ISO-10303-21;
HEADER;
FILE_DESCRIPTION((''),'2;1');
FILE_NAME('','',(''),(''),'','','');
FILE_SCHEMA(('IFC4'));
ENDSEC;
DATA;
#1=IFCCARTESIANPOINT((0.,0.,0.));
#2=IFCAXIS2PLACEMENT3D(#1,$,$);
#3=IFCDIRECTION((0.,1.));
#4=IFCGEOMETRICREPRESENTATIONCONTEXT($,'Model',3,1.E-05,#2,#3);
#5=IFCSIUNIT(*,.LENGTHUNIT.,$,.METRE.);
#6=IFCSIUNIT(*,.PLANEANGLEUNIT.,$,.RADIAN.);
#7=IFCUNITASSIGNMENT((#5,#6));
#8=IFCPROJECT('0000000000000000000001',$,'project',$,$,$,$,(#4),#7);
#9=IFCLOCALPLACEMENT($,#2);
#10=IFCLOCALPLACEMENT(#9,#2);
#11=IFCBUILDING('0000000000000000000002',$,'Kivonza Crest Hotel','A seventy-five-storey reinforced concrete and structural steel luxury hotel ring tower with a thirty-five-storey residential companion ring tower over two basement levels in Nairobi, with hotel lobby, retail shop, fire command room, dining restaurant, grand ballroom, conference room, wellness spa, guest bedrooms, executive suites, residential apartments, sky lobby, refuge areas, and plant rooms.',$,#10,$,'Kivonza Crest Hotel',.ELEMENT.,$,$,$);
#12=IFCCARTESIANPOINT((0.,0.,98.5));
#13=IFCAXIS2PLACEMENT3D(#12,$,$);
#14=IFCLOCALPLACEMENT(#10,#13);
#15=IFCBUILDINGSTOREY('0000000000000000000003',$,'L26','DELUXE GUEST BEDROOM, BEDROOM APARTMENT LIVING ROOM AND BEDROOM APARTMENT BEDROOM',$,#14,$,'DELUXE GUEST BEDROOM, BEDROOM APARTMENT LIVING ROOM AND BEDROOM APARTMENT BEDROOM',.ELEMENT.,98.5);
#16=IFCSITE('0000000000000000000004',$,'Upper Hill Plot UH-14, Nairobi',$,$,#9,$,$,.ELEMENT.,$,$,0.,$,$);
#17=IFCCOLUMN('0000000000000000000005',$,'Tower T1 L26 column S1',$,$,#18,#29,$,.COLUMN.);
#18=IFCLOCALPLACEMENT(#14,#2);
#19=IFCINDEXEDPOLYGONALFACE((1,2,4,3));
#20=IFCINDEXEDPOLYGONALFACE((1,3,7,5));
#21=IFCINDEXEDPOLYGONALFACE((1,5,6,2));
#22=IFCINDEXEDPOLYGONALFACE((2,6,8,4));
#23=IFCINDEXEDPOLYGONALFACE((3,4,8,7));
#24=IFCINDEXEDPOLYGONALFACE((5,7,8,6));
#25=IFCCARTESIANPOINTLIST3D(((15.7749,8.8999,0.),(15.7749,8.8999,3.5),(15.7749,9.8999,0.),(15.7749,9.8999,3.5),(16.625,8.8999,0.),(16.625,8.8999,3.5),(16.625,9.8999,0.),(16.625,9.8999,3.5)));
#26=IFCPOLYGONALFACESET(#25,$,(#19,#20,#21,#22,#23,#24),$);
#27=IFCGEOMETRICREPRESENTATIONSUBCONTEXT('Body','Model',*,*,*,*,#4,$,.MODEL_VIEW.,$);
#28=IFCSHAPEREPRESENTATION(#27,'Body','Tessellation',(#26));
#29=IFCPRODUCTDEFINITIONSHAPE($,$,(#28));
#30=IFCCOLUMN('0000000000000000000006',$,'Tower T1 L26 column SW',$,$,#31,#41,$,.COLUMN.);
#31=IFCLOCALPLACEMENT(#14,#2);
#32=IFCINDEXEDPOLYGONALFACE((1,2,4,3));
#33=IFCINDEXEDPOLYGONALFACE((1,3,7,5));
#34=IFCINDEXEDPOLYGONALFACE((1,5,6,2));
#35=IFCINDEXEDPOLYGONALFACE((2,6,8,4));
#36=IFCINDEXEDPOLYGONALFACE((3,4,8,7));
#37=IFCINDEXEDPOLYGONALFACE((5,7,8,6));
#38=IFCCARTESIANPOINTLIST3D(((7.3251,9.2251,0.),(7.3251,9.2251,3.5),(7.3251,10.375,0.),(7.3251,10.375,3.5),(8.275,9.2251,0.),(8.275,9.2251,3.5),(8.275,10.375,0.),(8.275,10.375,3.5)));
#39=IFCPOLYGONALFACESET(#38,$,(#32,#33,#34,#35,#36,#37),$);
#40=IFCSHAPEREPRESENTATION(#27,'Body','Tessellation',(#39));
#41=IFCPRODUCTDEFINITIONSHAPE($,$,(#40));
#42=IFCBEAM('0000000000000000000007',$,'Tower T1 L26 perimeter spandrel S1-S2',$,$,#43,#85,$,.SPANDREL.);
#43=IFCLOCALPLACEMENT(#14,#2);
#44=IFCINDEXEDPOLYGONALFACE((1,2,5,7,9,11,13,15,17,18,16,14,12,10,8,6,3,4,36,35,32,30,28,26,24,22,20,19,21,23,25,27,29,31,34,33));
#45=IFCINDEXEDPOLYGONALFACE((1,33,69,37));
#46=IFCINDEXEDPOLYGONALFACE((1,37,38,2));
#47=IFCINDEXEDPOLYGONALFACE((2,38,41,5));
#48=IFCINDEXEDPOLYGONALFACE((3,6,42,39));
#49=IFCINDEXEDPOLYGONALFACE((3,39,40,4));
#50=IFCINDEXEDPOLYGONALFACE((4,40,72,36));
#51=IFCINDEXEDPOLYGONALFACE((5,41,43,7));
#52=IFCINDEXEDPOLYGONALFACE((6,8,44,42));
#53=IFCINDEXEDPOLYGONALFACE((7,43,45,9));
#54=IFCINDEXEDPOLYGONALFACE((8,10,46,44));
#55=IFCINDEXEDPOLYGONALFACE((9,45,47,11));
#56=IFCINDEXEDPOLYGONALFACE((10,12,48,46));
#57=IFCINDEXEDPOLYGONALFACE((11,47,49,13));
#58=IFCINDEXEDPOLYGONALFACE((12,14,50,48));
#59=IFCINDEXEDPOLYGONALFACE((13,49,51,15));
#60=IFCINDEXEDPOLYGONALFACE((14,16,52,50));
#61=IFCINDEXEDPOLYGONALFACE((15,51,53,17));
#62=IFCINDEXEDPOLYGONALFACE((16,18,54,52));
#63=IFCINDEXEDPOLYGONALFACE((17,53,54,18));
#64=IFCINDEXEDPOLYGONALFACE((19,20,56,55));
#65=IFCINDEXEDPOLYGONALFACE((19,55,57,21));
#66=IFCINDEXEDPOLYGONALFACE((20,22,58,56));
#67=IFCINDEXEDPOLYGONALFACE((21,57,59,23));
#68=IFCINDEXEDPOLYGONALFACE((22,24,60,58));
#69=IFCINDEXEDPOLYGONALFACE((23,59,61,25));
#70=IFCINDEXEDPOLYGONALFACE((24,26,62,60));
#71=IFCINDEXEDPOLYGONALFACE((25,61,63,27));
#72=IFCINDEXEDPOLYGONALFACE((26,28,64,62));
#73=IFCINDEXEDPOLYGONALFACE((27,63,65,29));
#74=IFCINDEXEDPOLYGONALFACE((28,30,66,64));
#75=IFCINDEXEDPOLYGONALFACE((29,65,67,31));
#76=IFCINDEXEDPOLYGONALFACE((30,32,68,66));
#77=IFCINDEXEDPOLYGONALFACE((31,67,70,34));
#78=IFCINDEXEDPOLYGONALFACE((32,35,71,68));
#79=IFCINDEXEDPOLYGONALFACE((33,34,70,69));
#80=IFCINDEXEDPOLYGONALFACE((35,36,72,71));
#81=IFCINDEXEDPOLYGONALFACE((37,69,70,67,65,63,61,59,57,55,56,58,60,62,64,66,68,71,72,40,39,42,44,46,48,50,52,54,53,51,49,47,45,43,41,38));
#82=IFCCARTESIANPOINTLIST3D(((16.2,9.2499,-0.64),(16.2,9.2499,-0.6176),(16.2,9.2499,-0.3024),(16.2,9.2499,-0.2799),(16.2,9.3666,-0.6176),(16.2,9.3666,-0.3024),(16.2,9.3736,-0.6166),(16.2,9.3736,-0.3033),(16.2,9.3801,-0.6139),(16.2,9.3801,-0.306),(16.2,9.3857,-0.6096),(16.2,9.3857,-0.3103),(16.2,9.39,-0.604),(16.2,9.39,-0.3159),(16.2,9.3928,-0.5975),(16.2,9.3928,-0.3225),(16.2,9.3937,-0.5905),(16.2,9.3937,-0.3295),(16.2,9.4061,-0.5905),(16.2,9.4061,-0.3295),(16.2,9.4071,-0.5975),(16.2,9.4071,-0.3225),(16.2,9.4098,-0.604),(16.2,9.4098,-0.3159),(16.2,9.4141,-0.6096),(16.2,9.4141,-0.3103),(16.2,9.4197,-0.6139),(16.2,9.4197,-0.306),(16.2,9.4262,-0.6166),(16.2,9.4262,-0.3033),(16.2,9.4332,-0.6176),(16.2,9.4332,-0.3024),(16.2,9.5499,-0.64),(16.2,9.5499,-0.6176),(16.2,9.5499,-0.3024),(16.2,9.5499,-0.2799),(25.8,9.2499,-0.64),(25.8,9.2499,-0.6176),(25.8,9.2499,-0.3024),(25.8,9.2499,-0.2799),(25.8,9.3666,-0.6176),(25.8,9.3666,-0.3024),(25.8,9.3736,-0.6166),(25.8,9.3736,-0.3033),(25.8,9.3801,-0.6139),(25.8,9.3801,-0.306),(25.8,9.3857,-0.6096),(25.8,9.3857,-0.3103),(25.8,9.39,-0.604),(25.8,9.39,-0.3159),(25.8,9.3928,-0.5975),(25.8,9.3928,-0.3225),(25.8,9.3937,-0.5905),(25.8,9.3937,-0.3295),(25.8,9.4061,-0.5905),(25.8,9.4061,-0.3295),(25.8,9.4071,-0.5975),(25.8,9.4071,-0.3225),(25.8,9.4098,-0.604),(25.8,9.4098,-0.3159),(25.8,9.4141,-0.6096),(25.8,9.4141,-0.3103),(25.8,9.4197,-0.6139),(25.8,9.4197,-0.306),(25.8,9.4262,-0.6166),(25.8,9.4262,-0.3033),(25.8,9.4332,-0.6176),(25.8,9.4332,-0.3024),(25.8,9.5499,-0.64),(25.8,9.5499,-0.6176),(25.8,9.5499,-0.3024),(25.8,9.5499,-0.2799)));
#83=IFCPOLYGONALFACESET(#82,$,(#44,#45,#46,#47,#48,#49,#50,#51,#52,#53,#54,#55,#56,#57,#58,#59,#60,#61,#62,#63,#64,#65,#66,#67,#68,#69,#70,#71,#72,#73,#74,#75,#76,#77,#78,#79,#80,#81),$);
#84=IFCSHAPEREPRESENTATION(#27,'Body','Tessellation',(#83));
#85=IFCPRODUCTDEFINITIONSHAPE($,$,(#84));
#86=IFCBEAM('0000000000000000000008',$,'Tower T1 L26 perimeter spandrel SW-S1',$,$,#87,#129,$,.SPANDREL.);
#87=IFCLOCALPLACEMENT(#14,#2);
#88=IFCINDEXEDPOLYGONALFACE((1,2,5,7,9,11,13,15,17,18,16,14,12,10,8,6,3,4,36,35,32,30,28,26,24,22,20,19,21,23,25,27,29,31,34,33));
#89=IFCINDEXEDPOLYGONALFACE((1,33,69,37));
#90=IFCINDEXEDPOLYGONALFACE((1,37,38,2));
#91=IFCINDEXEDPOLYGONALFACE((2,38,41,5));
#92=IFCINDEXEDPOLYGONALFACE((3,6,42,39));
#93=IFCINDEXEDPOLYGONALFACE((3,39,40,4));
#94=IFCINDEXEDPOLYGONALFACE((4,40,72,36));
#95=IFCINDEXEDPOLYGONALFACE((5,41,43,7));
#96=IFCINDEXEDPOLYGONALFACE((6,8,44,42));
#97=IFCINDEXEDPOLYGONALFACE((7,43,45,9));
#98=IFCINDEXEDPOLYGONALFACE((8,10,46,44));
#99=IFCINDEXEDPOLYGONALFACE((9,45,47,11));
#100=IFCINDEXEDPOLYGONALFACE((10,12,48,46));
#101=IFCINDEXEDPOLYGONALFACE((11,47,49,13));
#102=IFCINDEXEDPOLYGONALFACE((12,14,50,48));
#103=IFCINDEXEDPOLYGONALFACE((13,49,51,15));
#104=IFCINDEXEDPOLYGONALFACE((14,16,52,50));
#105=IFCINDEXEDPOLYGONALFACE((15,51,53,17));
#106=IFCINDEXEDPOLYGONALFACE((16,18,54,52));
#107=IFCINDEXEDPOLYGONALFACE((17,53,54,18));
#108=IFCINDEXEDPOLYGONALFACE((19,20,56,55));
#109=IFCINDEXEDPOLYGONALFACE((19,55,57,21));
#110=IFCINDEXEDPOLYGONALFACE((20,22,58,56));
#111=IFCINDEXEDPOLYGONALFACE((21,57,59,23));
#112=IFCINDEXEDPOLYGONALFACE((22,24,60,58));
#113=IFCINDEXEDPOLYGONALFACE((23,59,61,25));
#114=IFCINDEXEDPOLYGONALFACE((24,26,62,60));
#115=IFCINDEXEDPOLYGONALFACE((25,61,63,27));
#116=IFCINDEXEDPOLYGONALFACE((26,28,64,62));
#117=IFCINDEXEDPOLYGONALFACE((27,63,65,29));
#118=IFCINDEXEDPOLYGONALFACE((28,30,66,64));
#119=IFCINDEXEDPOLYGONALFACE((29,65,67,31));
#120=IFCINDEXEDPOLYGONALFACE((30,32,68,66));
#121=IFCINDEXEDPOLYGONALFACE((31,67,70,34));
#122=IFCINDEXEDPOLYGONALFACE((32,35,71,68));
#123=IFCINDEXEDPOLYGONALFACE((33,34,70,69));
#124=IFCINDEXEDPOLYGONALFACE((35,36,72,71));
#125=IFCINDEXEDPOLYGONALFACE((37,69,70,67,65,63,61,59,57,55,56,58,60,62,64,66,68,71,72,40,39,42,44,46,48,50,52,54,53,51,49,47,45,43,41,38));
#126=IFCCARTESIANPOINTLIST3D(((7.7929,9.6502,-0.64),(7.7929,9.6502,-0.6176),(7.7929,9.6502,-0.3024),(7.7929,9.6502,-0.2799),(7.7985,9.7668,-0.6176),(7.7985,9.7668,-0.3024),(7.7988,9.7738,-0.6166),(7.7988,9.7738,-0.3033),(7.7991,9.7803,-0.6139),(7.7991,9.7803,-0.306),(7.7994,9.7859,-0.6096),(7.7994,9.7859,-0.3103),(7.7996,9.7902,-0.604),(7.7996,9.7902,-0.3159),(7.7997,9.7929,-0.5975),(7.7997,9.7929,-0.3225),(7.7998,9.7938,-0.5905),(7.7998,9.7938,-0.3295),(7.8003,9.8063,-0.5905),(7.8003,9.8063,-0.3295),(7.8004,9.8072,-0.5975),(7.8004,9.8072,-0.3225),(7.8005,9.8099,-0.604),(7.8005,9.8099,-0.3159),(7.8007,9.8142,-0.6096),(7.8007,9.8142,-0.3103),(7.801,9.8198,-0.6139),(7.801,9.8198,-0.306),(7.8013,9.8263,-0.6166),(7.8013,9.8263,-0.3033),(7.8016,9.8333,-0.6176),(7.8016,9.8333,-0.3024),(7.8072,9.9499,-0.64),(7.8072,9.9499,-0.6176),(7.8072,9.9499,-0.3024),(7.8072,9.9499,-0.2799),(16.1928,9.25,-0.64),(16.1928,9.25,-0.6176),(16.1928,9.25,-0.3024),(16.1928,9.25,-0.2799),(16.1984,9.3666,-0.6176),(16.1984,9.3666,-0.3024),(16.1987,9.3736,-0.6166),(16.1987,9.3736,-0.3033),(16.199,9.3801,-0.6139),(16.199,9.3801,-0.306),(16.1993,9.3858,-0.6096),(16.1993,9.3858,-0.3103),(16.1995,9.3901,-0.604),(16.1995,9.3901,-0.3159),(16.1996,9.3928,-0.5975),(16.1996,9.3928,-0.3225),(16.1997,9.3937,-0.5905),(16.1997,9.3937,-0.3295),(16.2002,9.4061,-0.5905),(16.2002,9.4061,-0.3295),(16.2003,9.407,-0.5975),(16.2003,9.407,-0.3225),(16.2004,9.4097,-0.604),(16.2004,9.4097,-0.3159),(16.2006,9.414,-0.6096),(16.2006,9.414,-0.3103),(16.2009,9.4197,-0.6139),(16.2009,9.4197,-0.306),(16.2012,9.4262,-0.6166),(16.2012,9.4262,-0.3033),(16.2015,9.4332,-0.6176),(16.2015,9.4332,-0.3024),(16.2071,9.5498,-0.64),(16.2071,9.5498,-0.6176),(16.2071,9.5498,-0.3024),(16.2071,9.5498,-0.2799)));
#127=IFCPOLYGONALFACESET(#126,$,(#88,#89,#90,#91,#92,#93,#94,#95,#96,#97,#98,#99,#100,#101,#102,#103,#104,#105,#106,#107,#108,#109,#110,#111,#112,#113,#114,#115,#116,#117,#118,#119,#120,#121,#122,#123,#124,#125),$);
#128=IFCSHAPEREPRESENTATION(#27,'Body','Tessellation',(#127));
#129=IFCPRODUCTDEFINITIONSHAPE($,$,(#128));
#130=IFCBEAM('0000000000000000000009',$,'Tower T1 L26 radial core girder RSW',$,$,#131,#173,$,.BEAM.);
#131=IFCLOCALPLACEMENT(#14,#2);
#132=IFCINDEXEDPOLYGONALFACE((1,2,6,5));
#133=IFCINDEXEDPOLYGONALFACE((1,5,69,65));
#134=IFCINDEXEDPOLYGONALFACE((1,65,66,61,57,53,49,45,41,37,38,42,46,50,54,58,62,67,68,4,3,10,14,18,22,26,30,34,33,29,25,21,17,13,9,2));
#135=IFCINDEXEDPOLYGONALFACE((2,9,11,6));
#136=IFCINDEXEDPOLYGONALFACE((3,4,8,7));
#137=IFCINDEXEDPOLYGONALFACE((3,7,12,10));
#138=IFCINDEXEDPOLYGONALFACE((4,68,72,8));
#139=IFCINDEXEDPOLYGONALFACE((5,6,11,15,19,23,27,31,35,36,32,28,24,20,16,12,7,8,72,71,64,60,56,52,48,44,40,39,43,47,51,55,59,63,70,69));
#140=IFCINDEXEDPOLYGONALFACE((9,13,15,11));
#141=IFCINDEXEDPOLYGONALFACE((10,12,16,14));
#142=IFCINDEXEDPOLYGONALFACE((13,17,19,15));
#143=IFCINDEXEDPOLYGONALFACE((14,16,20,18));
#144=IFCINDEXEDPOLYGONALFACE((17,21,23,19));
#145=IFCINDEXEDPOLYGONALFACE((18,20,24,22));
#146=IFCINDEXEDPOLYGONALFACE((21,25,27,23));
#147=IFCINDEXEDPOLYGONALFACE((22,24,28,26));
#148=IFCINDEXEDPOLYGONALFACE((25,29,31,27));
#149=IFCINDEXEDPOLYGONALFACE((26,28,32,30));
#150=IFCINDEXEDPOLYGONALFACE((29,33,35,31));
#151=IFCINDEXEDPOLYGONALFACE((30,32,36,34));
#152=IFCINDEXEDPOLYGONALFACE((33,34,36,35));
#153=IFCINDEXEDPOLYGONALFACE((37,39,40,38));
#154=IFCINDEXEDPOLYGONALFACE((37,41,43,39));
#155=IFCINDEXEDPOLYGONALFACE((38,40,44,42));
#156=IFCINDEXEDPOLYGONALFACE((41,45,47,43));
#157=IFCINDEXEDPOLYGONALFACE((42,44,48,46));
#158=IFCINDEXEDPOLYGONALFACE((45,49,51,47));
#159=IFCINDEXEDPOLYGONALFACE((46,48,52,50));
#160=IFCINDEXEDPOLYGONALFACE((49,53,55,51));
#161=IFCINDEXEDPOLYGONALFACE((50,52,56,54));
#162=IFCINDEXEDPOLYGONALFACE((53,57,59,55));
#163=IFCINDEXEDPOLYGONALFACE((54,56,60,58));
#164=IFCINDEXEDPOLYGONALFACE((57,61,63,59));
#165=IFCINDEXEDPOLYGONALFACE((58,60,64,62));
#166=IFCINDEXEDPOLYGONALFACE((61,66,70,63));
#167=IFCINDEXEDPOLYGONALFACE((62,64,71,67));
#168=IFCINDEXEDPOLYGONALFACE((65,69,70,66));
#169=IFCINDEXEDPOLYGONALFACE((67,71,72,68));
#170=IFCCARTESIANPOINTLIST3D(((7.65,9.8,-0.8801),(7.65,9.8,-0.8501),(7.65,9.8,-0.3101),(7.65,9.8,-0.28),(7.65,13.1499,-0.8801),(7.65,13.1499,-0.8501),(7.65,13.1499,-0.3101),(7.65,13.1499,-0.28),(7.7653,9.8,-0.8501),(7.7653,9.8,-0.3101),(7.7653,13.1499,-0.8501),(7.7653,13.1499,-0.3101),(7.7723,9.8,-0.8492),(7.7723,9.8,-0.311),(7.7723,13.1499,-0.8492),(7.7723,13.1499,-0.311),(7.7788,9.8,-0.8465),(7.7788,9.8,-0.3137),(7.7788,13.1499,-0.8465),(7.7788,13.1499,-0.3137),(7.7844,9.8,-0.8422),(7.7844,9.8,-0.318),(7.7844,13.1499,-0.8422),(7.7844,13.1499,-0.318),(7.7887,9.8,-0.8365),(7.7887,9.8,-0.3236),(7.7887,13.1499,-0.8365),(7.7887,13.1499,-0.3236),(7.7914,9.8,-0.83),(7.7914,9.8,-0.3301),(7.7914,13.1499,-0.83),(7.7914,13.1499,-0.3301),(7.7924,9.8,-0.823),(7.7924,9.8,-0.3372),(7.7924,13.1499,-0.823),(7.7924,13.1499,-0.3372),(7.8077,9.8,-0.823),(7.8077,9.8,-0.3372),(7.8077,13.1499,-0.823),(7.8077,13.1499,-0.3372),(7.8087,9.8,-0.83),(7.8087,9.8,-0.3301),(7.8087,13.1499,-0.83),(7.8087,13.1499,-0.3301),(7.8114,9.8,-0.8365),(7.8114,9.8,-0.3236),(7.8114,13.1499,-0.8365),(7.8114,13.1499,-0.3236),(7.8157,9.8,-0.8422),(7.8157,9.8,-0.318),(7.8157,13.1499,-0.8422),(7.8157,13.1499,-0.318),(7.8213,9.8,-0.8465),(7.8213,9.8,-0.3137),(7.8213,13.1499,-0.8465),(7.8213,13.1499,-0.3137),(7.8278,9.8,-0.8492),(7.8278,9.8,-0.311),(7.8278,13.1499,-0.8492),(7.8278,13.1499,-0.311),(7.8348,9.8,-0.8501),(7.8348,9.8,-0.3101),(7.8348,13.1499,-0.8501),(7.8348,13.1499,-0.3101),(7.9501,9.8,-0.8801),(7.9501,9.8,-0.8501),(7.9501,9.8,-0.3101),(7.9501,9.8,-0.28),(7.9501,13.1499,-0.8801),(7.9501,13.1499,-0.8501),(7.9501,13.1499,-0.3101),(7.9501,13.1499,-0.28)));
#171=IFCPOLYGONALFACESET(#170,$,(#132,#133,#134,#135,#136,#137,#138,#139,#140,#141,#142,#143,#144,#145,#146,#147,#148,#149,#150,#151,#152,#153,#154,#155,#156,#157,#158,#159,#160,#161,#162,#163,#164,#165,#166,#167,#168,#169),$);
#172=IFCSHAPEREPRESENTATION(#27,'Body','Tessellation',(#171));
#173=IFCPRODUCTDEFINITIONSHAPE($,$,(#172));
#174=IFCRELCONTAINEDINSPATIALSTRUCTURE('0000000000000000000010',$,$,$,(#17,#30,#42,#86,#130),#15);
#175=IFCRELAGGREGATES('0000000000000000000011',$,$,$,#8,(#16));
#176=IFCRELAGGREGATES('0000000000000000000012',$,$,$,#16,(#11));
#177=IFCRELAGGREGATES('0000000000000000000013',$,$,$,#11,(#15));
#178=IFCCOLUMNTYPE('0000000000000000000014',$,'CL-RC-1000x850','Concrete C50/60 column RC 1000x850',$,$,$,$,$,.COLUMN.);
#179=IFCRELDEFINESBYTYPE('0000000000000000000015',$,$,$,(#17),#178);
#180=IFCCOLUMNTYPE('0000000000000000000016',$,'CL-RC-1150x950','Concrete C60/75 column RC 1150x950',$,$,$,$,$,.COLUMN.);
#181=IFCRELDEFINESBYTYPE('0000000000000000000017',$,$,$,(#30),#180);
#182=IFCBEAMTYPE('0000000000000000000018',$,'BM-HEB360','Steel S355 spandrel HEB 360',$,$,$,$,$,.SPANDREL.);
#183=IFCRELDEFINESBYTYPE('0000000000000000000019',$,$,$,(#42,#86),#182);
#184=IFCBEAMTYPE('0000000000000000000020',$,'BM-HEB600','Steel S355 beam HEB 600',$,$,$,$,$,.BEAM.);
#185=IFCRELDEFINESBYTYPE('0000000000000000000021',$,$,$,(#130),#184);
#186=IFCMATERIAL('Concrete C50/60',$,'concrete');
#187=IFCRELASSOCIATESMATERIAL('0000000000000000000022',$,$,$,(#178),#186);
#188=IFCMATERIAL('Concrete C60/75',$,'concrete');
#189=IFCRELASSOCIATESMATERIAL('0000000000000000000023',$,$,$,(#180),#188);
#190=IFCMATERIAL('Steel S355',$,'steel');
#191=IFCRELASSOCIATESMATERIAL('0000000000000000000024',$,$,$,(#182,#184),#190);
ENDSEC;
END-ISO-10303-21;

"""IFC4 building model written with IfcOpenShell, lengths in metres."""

from ifc_helpers import new_model, si_unit, direction, frame, origin, origin_2d, place, context, subcontext, project, spatial, rectangle, i_section, extrude, material, material_profile, profile_set, type_object, element, save


model = new_model("IFC4")

# Units and contexts
model_context = context("Model", 3, precision=1e-05, world=origin(), true_north=direction((0.0, 1.0)))
body_context = subcontext(model_context, "Body", "Model", "MODEL_VIEW")
ifc_project = project(units=[si_unit("LENGTHUNIT", "METRE"), si_unit("PLANEANGLEUNIT", "RADIAN")], contexts=[model_context])

# Site, building, storey
site_placement = place(None, origin())
site = spatial("IfcSite", under=ifc_project, at=site_placement, Name="Upper Hill Plot UH-14, Nairobi", CompositionType="ELEMENT", RefElevation=0.0)
building_placement = place(site_placement, origin())
building = spatial("IfcBuilding", under=site, at=building_placement, Name="Kivonza Crest Hotel", Description="A seventy-five-storey reinforced concrete and structural steel luxury hotel ring tower with a thirty-five-storey residential companion ring tower over two basement levels in Nairobi, with hotel lobby, retail shop, fire command room, dining restaurant, grand ballroom, conference room, wellness spa, guest bedrooms, executive suites, residential apartments, sky lobby, refuge areas, and plant rooms.", LongName="Kivonza Crest Hotel", CompositionType="ELEMENT")
storey_placement = place(building_placement, frame((0.0, 0.0, 98.5)))
storey = spatial("IfcBuildingStorey", under=building, at=storey_placement, Name="L26", Description="DELUXE GUEST BEDROOM, BEDROOM APARTMENT LIVING ROOM AND BEDROOM APARTMENT BEDROOM", LongName="DELUXE GUEST BEDROOM, BEDROOM APARTMENT LIVING ROOM AND BEDROOM APARTMENT BEDROOM", CompositionType="ELEMENT", Elevation=98.5)

# Columns
ifc_material_1 = material(Name="Concrete C50/60", Category="concrete")
ifc_material_profile_1 = material_profile(ifc_material_1, rectangle(XDim=0.8501, YDim=1.0, at=origin_2d()), Name="RC 1000x850")
ifc_profile_set_1 = profile_set([ifc_material_profile_1], Name="Concrete C50/60")
column_type_1 = type_object("IfcColumnType", Name="CL-RC-1000x850", Description="Concrete C50/60 column RC 1000x850", PredefinedType="COLUMN", material=ifc_profile_set_1)
column_1_placement = place(storey_placement, frame((16.2, 9.3999, 0.0), z_axis=(0.0, 0.0, 1.0), x_axis=(1.0, 0.0, 0.0)))
element("IfcColumn", 1, at=column_1_placement, inside=storey, type_object=column_type_1, Name="Tower T1 L26 column S1", PredefinedType="COLUMN", context=body_context, shape_type="SweptSolid", body=[
    extrude(rectangle(XDim=0.8501, YDim=1.0, at=origin_2d()), origin(), (0.0, 0.0, 1.0), 3.5),
])
ifc_material_2 = material(Name="Concrete C60/75", Category="concrete")
ifc_material_profile_2 = material_profile(ifc_material_2, rectangle(XDim=0.95, YDim=1.1499, at=origin_2d()), Name="RC 1150x950")
ifc_profile_set_2 = profile_set([ifc_material_profile_2], Name="Concrete C60/75")
column_type_2 = type_object("IfcColumnType", Name="CL-RC-1150x950", Description="Concrete C60/75 column RC 1150x950", PredefinedType="COLUMN", material=ifc_profile_set_2)
column_2_placement = place(storey_placement, frame((7.8, 9.8, 0.0), z_axis=(0.0, 0.0, 1.0), x_axis=(1.0, 0.0, 0.0)))
element("IfcColumn", 2, at=column_2_placement, inside=storey, type_object=column_type_2, Name="Tower T1 L26 column SW", PredefinedType="COLUMN", context=body_context, shape_type="SweptSolid", body=[
    extrude(rectangle(XDim=0.95, YDim=1.1499, at=origin_2d()), origin(), (0.0, 0.0, 1.0), 3.5),
])

# Beams
ifc_material_3 = material(Name="Steel S355", Category="steel")
ifc_material_profile_3 = material_profile(ifc_material_3, i_section(OverallWidth=0.3, OverallDepth=0.3601, WebThickness=0.0125, FlangeThickness=0.0225, FilletRadius=0.0271, at=origin_2d()), Name="HEB 360")
ifc_profile_set_3 = profile_set([ifc_material_profile_3], Name="Steel S355")
beam_type_1 = type_object("IfcBeamType", Name="BM-HEB360", Description="Steel S355 spandrel HEB 360", PredefinedType="SPANDREL", material=ifc_profile_set_3)
beam_1_placement = place(storey_placement, frame((16.2, 9.3999, -0.46), z_axis=(1.0, 0.0, 0.0), x_axis=(0.0, 1.0, 0.0)))
element("IfcBeam", 3, at=beam_1_placement, inside=storey, type_object=beam_type_1, Name="Tower T1 L26 perimeter spandrel S1-S2", PredefinedType="SPANDREL", context=body_context, shape_type="SweptSolid", body=[
    extrude(i_section(OverallWidth=0.3, OverallDepth=0.3601, WebThickness=0.0125, FlangeThickness=0.0225, FilletRadius=0.0271, at=origin_2d()), origin(), (0.0, 0.0, 1.0), 9.6001),
])
beam_2_placement = place(storey_placement, frame((7.8, 9.8, -0.46), z_axis=(0.998867, -0.047583, 0.0), x_axis=(0.047583, 0.998867, 0.0)))
element("IfcBeam", 4, at=beam_2_placement, inside=storey, type_object=beam_type_1, Name="Tower T1 L26 perimeter spandrel SW-S1", PredefinedType="SPANDREL", context=body_context, shape_type="SweptSolid", body=[
    extrude(i_section(OverallWidth=0.3, OverallDepth=0.3601, WebThickness=0.0125, FlangeThickness=0.0225, FilletRadius=0.0271, at=origin_2d()), origin(), (0.0, 0.0, 1.0), 8.4094),
])
ifc_material_profile_4 = material_profile(ifc_material_3, i_section(OverallWidth=0.3, OverallDepth=0.6001, WebThickness=0.0154, FlangeThickness=0.03, FilletRadius=0.0271, at=origin_2d()), Name="HEB 600")
ifc_profile_set_4 = profile_set([ifc_material_profile_4], Name="Steel S355")
beam_type_2 = type_object("IfcBeamType", Name="BM-HEB600", Description="Steel S355 beam HEB 600", PredefinedType="BEAM", material=ifc_profile_set_4)
beam_3_placement = place(storey_placement, frame((7.8, 9.8, -0.5801), z_axis=(0.0, 1.0, 0.0), x_axis=(-1.0, 0.0, 0.0)))
element("IfcBeam", 5, at=beam_3_placement, inside=storey, type_object=beam_type_2, Name="Tower T1 L26 radial core girder RSW", PredefinedType="BEAM", context=body_context, shape_type="SweptSolid", body=[
    extrude(i_section(OverallWidth=0.3, OverallDepth=0.6001, WebThickness=0.0154, FlangeThickness=0.03, FilletRadius=0.0271, at=origin_2d()), origin(), (0.0, 0.0, 1.0), 3.3499),
])

save(model, "model.ifc")
